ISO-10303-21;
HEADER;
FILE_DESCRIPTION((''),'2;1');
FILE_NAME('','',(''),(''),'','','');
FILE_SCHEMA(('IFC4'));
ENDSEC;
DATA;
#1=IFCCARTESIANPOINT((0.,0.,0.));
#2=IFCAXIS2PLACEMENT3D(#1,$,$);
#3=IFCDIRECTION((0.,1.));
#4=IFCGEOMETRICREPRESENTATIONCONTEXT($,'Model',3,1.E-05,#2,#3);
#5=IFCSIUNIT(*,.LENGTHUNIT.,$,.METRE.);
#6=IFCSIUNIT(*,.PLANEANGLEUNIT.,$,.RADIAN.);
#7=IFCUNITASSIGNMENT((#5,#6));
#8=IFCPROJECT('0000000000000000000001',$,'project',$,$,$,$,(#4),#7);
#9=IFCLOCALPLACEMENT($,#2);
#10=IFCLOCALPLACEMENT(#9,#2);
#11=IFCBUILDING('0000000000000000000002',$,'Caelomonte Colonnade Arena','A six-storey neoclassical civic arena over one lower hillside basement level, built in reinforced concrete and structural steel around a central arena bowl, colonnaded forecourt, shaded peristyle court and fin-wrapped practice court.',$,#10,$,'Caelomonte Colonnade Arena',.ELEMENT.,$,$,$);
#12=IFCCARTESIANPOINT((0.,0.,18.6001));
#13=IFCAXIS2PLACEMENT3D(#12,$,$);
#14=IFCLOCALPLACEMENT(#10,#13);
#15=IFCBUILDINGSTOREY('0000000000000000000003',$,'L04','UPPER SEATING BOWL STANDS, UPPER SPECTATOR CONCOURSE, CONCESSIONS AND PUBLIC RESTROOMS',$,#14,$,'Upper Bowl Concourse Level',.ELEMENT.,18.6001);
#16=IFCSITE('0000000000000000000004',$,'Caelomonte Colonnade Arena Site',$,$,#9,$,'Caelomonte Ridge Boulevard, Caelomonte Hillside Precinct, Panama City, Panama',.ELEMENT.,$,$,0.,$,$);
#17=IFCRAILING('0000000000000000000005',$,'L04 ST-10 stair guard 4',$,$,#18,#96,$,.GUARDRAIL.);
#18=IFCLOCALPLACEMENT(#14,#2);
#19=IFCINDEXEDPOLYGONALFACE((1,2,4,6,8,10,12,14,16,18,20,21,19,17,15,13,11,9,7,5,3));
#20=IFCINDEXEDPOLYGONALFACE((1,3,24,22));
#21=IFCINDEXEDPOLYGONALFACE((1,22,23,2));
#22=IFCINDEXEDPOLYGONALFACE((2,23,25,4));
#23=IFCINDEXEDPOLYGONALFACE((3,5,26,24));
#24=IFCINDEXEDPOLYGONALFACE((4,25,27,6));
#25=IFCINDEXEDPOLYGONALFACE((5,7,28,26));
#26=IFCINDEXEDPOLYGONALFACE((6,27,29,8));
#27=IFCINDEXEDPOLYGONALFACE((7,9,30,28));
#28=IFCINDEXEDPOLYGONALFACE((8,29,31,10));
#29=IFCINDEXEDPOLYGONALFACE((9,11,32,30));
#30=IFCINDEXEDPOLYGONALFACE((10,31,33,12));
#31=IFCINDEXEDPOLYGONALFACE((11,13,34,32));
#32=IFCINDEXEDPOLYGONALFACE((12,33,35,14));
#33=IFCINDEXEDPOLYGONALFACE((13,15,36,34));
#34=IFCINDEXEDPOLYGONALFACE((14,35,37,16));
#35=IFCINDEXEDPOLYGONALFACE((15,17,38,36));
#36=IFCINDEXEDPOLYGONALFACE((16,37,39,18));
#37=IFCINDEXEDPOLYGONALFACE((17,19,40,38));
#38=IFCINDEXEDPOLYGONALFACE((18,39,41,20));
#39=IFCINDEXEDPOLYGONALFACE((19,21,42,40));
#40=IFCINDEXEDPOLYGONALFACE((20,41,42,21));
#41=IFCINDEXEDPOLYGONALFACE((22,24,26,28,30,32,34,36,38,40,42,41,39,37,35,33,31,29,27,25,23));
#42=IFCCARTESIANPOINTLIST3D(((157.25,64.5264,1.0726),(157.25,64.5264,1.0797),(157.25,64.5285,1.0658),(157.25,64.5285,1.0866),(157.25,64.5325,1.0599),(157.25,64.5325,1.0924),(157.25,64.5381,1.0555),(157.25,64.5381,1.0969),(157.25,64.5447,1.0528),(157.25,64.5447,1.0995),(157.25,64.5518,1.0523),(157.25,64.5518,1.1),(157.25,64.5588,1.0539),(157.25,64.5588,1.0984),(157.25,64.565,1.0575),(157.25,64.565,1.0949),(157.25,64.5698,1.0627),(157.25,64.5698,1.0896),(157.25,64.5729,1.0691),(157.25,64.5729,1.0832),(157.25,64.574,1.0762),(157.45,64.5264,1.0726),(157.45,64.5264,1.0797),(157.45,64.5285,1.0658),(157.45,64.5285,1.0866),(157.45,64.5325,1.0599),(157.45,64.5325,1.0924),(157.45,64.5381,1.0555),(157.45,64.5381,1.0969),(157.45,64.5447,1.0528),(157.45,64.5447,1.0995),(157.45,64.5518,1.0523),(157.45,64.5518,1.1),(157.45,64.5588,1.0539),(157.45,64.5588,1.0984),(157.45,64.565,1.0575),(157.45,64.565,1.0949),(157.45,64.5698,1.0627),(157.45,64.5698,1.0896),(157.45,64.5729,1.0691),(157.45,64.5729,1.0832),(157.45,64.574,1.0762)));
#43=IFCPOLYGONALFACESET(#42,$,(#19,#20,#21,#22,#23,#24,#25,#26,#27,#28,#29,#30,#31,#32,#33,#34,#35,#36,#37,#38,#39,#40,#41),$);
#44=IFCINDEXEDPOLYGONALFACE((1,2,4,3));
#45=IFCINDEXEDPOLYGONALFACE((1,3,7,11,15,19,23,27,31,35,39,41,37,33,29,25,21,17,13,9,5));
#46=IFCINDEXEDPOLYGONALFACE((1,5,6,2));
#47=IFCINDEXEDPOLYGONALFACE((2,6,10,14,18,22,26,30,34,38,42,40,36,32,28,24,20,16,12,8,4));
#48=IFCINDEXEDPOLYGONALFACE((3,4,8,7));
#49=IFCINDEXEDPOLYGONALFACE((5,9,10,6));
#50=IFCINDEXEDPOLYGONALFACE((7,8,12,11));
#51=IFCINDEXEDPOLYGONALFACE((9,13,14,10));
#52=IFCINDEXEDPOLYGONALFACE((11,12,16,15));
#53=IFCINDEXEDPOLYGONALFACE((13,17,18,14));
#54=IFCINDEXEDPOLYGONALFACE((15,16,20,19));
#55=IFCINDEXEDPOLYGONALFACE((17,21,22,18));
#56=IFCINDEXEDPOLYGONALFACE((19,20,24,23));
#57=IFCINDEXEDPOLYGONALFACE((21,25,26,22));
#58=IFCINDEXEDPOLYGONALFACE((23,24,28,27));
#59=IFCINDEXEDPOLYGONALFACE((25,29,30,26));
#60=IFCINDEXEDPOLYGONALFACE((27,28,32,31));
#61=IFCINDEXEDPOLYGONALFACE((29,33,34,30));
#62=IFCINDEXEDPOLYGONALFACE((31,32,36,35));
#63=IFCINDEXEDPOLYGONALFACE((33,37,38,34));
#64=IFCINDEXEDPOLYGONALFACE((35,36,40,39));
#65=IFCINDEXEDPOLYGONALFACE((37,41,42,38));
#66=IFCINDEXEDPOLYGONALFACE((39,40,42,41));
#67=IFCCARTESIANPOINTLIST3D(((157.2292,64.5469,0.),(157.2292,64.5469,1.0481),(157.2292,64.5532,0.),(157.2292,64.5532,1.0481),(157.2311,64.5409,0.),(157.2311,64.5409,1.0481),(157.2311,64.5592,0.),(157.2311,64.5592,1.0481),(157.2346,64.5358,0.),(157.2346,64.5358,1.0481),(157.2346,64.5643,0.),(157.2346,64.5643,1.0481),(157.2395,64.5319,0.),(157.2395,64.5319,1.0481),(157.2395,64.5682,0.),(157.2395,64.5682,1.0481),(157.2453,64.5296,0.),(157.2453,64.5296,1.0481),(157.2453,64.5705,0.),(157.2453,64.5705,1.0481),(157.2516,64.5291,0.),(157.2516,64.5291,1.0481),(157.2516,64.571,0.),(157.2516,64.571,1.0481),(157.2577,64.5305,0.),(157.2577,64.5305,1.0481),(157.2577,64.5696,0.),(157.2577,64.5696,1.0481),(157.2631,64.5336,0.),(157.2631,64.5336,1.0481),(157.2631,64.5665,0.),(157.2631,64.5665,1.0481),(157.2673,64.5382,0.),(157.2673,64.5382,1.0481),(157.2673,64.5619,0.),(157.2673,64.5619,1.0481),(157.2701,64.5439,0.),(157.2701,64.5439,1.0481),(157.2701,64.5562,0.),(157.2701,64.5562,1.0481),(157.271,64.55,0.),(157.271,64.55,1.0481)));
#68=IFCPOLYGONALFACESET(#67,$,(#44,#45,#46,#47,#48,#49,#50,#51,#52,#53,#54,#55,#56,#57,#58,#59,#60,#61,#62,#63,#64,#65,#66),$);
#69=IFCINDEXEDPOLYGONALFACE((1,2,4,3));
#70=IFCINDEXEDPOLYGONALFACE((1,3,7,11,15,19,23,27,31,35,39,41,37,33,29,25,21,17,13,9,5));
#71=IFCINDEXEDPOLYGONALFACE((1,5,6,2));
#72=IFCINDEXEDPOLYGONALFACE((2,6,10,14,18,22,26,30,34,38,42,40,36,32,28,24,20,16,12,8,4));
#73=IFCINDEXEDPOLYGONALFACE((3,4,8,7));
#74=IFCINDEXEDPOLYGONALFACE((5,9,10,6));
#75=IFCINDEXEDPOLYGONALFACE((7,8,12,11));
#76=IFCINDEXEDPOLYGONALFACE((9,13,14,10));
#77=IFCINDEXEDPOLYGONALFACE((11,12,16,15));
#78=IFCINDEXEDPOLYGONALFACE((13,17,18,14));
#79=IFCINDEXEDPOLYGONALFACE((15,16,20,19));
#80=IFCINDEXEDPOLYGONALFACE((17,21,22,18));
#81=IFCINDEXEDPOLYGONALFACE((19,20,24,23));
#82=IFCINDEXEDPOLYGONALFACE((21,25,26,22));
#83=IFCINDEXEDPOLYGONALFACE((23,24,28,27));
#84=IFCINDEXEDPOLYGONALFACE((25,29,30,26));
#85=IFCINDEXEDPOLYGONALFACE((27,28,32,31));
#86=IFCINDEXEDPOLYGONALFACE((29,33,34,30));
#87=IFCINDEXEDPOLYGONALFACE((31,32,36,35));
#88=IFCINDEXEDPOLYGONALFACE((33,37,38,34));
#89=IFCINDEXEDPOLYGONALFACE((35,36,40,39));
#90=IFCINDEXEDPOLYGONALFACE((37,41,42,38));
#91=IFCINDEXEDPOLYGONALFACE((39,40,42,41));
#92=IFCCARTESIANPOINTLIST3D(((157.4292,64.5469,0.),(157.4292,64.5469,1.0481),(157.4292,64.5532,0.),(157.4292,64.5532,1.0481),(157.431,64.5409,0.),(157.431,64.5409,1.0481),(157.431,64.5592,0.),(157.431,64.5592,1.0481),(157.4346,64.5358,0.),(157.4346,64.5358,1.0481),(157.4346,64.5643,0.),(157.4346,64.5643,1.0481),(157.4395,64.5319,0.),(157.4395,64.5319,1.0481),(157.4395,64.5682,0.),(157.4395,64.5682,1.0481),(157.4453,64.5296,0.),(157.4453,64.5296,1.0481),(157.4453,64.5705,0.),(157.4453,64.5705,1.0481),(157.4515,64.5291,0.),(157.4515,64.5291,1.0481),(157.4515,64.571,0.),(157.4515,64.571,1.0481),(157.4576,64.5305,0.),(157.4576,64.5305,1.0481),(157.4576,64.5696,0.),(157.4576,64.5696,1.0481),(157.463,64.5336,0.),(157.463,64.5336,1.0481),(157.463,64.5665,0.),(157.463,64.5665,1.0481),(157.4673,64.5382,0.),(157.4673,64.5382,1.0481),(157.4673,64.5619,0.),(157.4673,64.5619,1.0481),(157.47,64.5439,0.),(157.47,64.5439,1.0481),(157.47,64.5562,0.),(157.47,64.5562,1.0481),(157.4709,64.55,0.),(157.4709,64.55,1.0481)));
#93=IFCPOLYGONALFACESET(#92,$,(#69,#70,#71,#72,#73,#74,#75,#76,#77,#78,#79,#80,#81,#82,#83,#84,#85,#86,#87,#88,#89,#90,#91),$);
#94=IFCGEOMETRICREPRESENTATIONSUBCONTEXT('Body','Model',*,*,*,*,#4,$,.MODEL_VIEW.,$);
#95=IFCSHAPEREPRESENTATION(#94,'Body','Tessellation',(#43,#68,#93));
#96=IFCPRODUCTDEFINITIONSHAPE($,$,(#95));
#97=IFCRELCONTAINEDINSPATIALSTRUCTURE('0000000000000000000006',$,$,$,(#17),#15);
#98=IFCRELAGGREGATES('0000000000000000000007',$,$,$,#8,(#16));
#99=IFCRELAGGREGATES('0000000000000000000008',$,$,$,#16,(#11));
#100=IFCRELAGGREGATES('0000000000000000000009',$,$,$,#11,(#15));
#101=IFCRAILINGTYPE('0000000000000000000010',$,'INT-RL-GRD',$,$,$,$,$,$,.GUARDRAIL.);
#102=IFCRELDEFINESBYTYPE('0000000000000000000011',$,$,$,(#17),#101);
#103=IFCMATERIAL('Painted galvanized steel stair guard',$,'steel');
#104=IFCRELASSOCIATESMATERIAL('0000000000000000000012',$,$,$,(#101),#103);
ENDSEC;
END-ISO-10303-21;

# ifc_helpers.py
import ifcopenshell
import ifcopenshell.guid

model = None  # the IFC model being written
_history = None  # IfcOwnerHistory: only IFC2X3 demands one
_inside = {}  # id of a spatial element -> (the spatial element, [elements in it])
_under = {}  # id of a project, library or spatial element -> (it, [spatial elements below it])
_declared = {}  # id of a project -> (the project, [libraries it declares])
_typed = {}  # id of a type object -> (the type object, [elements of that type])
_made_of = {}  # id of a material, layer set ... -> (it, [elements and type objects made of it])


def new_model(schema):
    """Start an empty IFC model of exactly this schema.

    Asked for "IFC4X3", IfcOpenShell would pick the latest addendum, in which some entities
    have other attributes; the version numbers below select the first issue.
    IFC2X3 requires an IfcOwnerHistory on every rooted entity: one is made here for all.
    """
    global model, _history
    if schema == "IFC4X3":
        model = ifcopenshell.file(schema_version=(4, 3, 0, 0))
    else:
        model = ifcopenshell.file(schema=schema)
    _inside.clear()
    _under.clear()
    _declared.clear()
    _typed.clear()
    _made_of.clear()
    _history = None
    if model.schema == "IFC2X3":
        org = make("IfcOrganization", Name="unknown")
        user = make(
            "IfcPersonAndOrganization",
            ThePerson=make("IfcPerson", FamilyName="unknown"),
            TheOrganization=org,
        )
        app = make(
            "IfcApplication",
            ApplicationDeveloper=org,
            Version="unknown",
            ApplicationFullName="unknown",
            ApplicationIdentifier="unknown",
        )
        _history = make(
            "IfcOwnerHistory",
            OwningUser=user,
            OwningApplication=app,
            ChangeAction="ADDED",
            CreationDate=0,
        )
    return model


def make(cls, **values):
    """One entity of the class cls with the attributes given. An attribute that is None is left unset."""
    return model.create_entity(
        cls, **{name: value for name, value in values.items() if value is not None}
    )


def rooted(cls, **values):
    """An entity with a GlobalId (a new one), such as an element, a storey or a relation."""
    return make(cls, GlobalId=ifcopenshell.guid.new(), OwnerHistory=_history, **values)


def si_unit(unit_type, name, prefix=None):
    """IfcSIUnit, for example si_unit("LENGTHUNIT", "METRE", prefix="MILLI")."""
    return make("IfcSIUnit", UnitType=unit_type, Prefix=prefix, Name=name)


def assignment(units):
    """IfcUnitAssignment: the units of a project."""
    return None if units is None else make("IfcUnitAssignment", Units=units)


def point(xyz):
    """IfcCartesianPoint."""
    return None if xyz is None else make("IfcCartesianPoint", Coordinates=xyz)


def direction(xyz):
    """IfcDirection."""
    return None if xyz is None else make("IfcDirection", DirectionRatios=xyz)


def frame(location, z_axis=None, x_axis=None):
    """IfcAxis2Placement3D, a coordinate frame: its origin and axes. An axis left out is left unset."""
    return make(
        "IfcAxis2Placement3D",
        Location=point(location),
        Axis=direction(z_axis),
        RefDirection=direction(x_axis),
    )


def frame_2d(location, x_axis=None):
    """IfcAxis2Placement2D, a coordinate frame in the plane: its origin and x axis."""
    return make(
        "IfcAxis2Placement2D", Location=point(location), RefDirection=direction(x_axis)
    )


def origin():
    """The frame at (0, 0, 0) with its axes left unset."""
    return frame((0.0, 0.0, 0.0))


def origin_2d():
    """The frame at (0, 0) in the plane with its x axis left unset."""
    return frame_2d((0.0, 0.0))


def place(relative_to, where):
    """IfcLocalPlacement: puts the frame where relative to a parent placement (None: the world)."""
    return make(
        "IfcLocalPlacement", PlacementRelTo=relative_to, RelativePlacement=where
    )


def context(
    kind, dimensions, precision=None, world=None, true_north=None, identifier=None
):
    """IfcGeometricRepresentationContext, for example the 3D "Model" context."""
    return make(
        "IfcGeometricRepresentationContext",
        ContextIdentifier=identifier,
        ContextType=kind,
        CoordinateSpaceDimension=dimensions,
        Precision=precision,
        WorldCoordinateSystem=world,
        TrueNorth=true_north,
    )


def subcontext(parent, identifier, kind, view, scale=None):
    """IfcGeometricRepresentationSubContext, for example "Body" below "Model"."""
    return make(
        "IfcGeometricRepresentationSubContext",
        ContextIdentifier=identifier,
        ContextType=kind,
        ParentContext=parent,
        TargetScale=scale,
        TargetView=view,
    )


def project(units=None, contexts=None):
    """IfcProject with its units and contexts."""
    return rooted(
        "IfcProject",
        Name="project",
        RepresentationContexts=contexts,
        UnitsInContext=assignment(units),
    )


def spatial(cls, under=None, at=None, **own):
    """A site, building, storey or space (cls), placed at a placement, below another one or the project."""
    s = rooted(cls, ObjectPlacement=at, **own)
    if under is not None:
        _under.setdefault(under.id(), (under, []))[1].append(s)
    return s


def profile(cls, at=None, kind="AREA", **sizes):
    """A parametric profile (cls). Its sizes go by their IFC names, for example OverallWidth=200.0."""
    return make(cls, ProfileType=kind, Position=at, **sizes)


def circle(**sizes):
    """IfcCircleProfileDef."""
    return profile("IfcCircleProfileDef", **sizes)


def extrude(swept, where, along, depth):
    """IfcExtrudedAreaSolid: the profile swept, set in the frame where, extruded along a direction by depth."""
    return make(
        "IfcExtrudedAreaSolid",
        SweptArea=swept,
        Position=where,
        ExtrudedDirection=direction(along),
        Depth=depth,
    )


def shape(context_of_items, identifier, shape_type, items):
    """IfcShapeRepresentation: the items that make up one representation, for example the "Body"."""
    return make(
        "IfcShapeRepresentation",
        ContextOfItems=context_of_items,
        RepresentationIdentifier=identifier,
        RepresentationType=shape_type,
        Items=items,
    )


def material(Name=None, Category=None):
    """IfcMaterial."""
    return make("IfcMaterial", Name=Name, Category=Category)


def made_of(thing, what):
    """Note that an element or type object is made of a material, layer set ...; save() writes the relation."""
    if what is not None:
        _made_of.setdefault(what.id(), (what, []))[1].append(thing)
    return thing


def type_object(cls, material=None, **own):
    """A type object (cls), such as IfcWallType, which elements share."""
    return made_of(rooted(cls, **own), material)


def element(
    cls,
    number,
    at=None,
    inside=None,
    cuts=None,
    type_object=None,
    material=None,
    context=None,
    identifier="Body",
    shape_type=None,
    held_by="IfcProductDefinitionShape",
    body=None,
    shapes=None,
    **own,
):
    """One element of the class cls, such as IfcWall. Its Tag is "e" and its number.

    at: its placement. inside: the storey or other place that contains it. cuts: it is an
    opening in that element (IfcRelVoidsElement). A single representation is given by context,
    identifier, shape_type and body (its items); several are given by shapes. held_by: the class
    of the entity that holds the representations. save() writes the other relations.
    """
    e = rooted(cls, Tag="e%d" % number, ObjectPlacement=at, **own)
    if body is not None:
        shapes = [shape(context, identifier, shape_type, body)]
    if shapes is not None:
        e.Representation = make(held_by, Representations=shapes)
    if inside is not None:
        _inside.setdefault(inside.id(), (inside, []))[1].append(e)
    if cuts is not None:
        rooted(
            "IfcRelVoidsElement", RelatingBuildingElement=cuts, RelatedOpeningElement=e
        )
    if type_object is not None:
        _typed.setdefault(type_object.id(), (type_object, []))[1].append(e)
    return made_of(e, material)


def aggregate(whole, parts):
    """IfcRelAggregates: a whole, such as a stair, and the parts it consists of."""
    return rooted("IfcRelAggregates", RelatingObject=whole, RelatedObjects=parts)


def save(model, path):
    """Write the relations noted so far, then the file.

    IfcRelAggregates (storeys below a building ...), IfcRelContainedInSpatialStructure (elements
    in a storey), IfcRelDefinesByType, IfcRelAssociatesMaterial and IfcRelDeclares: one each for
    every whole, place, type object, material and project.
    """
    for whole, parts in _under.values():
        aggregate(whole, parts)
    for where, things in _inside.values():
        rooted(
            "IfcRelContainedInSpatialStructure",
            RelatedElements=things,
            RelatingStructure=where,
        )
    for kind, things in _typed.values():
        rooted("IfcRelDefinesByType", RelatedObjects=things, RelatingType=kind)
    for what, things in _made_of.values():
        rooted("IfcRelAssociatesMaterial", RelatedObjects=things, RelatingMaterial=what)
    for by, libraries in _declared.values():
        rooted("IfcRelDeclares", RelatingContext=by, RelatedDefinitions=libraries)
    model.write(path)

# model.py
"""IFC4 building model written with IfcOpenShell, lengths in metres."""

from ifc_helpers import new_model, si_unit, direction, frame, origin, origin_2d, place, context, subcontext, project, spatial, circle, extrude, material, type_object, element, save


model = new_model("IFC4")

# Units and contexts
model_context = context("Model", 3, precision=1e-05, world=origin(), true_north=direction((0.0, 1.0)))
body_context = subcontext(model_context, "Body", "Model", "MODEL_VIEW")
ifc_project = project(units=[si_unit("LENGTHUNIT", "METRE"), si_unit("PLANEANGLEUNIT", "RADIAN")], contexts=[model_context])

# Site, building, storey
site_placement = place(None, origin())
site = spatial("IfcSite", under=ifc_project, at=site_placement, Name="Caelomonte Colonnade Arena Site", LongName="Caelomonte Ridge Boulevard, Caelomonte Hillside Precinct, Panama City, Panama", CompositionType="ELEMENT", RefElevation=0.0)
building_placement = place(site_placement, origin())
building = spatial("IfcBuilding", under=site, at=building_placement, Name="Caelomonte Colonnade Arena", Description="A six-storey neoclassical civic arena over one lower hillside basement level, built in reinforced concrete and structural steel around a central arena bowl, colonnaded forecourt, shaded peristyle court and fin-wrapped practice court.", LongName="Caelomonte Colonnade Arena", CompositionType="ELEMENT")
storey_placement = place(building_placement, frame((0.0, 0.0, 18.6001)))
storey = spatial("IfcBuildingStorey", under=building, at=storey_placement, Name="L04", Description="UPPER SEATING BOWL STANDS, UPPER SPECTATOR CONCOURSE, CONCESSIONS AND PUBLIC RESTROOMS", LongName="Upper Bowl Concourse Level", CompositionType="ELEMENT", Elevation=18.6001)

# Railing
ifc_material_1 = material(Name="Painted galvanized steel stair guard", Category="steel")
railing_type_1 = type_object("IfcRailingType", Name="INT-RL-GRD", PredefinedType="GUARDRAIL", material=ifc_material_1)
railing_1_placement = place(storey_placement, frame((157.25, 64.55, 0.0)))
element("IfcRailing", 1, at=railing_1_placement, inside=storey, type_object=railing_type_1, Name="L04 ST-10 stair guard 4", PredefinedType="GUARDRAIL", context=body_context, shape_type="SweptSolid", body=[
    extrude(circle(Radius=0.0239, at=origin_2d()), frame((0.0, 0.0, 1.0762), z_axis=(1.0, 0.0, 0.0), x_axis=(0.0, 1.0, 0.0)), (0.0, 0.0, 1.0), 0.2),
    extrude(circle(Radius=0.021, at=origin_2d()), origin(), (0.0, 0.0, 1.0), 1.0481),
    extrude(circle(Radius=0.021, at=origin_2d()), frame((0.2, 0.0, 0.0)), (0.0, 0.0, 1.0), 1.0481),
])

save(model, "model.ifc")
